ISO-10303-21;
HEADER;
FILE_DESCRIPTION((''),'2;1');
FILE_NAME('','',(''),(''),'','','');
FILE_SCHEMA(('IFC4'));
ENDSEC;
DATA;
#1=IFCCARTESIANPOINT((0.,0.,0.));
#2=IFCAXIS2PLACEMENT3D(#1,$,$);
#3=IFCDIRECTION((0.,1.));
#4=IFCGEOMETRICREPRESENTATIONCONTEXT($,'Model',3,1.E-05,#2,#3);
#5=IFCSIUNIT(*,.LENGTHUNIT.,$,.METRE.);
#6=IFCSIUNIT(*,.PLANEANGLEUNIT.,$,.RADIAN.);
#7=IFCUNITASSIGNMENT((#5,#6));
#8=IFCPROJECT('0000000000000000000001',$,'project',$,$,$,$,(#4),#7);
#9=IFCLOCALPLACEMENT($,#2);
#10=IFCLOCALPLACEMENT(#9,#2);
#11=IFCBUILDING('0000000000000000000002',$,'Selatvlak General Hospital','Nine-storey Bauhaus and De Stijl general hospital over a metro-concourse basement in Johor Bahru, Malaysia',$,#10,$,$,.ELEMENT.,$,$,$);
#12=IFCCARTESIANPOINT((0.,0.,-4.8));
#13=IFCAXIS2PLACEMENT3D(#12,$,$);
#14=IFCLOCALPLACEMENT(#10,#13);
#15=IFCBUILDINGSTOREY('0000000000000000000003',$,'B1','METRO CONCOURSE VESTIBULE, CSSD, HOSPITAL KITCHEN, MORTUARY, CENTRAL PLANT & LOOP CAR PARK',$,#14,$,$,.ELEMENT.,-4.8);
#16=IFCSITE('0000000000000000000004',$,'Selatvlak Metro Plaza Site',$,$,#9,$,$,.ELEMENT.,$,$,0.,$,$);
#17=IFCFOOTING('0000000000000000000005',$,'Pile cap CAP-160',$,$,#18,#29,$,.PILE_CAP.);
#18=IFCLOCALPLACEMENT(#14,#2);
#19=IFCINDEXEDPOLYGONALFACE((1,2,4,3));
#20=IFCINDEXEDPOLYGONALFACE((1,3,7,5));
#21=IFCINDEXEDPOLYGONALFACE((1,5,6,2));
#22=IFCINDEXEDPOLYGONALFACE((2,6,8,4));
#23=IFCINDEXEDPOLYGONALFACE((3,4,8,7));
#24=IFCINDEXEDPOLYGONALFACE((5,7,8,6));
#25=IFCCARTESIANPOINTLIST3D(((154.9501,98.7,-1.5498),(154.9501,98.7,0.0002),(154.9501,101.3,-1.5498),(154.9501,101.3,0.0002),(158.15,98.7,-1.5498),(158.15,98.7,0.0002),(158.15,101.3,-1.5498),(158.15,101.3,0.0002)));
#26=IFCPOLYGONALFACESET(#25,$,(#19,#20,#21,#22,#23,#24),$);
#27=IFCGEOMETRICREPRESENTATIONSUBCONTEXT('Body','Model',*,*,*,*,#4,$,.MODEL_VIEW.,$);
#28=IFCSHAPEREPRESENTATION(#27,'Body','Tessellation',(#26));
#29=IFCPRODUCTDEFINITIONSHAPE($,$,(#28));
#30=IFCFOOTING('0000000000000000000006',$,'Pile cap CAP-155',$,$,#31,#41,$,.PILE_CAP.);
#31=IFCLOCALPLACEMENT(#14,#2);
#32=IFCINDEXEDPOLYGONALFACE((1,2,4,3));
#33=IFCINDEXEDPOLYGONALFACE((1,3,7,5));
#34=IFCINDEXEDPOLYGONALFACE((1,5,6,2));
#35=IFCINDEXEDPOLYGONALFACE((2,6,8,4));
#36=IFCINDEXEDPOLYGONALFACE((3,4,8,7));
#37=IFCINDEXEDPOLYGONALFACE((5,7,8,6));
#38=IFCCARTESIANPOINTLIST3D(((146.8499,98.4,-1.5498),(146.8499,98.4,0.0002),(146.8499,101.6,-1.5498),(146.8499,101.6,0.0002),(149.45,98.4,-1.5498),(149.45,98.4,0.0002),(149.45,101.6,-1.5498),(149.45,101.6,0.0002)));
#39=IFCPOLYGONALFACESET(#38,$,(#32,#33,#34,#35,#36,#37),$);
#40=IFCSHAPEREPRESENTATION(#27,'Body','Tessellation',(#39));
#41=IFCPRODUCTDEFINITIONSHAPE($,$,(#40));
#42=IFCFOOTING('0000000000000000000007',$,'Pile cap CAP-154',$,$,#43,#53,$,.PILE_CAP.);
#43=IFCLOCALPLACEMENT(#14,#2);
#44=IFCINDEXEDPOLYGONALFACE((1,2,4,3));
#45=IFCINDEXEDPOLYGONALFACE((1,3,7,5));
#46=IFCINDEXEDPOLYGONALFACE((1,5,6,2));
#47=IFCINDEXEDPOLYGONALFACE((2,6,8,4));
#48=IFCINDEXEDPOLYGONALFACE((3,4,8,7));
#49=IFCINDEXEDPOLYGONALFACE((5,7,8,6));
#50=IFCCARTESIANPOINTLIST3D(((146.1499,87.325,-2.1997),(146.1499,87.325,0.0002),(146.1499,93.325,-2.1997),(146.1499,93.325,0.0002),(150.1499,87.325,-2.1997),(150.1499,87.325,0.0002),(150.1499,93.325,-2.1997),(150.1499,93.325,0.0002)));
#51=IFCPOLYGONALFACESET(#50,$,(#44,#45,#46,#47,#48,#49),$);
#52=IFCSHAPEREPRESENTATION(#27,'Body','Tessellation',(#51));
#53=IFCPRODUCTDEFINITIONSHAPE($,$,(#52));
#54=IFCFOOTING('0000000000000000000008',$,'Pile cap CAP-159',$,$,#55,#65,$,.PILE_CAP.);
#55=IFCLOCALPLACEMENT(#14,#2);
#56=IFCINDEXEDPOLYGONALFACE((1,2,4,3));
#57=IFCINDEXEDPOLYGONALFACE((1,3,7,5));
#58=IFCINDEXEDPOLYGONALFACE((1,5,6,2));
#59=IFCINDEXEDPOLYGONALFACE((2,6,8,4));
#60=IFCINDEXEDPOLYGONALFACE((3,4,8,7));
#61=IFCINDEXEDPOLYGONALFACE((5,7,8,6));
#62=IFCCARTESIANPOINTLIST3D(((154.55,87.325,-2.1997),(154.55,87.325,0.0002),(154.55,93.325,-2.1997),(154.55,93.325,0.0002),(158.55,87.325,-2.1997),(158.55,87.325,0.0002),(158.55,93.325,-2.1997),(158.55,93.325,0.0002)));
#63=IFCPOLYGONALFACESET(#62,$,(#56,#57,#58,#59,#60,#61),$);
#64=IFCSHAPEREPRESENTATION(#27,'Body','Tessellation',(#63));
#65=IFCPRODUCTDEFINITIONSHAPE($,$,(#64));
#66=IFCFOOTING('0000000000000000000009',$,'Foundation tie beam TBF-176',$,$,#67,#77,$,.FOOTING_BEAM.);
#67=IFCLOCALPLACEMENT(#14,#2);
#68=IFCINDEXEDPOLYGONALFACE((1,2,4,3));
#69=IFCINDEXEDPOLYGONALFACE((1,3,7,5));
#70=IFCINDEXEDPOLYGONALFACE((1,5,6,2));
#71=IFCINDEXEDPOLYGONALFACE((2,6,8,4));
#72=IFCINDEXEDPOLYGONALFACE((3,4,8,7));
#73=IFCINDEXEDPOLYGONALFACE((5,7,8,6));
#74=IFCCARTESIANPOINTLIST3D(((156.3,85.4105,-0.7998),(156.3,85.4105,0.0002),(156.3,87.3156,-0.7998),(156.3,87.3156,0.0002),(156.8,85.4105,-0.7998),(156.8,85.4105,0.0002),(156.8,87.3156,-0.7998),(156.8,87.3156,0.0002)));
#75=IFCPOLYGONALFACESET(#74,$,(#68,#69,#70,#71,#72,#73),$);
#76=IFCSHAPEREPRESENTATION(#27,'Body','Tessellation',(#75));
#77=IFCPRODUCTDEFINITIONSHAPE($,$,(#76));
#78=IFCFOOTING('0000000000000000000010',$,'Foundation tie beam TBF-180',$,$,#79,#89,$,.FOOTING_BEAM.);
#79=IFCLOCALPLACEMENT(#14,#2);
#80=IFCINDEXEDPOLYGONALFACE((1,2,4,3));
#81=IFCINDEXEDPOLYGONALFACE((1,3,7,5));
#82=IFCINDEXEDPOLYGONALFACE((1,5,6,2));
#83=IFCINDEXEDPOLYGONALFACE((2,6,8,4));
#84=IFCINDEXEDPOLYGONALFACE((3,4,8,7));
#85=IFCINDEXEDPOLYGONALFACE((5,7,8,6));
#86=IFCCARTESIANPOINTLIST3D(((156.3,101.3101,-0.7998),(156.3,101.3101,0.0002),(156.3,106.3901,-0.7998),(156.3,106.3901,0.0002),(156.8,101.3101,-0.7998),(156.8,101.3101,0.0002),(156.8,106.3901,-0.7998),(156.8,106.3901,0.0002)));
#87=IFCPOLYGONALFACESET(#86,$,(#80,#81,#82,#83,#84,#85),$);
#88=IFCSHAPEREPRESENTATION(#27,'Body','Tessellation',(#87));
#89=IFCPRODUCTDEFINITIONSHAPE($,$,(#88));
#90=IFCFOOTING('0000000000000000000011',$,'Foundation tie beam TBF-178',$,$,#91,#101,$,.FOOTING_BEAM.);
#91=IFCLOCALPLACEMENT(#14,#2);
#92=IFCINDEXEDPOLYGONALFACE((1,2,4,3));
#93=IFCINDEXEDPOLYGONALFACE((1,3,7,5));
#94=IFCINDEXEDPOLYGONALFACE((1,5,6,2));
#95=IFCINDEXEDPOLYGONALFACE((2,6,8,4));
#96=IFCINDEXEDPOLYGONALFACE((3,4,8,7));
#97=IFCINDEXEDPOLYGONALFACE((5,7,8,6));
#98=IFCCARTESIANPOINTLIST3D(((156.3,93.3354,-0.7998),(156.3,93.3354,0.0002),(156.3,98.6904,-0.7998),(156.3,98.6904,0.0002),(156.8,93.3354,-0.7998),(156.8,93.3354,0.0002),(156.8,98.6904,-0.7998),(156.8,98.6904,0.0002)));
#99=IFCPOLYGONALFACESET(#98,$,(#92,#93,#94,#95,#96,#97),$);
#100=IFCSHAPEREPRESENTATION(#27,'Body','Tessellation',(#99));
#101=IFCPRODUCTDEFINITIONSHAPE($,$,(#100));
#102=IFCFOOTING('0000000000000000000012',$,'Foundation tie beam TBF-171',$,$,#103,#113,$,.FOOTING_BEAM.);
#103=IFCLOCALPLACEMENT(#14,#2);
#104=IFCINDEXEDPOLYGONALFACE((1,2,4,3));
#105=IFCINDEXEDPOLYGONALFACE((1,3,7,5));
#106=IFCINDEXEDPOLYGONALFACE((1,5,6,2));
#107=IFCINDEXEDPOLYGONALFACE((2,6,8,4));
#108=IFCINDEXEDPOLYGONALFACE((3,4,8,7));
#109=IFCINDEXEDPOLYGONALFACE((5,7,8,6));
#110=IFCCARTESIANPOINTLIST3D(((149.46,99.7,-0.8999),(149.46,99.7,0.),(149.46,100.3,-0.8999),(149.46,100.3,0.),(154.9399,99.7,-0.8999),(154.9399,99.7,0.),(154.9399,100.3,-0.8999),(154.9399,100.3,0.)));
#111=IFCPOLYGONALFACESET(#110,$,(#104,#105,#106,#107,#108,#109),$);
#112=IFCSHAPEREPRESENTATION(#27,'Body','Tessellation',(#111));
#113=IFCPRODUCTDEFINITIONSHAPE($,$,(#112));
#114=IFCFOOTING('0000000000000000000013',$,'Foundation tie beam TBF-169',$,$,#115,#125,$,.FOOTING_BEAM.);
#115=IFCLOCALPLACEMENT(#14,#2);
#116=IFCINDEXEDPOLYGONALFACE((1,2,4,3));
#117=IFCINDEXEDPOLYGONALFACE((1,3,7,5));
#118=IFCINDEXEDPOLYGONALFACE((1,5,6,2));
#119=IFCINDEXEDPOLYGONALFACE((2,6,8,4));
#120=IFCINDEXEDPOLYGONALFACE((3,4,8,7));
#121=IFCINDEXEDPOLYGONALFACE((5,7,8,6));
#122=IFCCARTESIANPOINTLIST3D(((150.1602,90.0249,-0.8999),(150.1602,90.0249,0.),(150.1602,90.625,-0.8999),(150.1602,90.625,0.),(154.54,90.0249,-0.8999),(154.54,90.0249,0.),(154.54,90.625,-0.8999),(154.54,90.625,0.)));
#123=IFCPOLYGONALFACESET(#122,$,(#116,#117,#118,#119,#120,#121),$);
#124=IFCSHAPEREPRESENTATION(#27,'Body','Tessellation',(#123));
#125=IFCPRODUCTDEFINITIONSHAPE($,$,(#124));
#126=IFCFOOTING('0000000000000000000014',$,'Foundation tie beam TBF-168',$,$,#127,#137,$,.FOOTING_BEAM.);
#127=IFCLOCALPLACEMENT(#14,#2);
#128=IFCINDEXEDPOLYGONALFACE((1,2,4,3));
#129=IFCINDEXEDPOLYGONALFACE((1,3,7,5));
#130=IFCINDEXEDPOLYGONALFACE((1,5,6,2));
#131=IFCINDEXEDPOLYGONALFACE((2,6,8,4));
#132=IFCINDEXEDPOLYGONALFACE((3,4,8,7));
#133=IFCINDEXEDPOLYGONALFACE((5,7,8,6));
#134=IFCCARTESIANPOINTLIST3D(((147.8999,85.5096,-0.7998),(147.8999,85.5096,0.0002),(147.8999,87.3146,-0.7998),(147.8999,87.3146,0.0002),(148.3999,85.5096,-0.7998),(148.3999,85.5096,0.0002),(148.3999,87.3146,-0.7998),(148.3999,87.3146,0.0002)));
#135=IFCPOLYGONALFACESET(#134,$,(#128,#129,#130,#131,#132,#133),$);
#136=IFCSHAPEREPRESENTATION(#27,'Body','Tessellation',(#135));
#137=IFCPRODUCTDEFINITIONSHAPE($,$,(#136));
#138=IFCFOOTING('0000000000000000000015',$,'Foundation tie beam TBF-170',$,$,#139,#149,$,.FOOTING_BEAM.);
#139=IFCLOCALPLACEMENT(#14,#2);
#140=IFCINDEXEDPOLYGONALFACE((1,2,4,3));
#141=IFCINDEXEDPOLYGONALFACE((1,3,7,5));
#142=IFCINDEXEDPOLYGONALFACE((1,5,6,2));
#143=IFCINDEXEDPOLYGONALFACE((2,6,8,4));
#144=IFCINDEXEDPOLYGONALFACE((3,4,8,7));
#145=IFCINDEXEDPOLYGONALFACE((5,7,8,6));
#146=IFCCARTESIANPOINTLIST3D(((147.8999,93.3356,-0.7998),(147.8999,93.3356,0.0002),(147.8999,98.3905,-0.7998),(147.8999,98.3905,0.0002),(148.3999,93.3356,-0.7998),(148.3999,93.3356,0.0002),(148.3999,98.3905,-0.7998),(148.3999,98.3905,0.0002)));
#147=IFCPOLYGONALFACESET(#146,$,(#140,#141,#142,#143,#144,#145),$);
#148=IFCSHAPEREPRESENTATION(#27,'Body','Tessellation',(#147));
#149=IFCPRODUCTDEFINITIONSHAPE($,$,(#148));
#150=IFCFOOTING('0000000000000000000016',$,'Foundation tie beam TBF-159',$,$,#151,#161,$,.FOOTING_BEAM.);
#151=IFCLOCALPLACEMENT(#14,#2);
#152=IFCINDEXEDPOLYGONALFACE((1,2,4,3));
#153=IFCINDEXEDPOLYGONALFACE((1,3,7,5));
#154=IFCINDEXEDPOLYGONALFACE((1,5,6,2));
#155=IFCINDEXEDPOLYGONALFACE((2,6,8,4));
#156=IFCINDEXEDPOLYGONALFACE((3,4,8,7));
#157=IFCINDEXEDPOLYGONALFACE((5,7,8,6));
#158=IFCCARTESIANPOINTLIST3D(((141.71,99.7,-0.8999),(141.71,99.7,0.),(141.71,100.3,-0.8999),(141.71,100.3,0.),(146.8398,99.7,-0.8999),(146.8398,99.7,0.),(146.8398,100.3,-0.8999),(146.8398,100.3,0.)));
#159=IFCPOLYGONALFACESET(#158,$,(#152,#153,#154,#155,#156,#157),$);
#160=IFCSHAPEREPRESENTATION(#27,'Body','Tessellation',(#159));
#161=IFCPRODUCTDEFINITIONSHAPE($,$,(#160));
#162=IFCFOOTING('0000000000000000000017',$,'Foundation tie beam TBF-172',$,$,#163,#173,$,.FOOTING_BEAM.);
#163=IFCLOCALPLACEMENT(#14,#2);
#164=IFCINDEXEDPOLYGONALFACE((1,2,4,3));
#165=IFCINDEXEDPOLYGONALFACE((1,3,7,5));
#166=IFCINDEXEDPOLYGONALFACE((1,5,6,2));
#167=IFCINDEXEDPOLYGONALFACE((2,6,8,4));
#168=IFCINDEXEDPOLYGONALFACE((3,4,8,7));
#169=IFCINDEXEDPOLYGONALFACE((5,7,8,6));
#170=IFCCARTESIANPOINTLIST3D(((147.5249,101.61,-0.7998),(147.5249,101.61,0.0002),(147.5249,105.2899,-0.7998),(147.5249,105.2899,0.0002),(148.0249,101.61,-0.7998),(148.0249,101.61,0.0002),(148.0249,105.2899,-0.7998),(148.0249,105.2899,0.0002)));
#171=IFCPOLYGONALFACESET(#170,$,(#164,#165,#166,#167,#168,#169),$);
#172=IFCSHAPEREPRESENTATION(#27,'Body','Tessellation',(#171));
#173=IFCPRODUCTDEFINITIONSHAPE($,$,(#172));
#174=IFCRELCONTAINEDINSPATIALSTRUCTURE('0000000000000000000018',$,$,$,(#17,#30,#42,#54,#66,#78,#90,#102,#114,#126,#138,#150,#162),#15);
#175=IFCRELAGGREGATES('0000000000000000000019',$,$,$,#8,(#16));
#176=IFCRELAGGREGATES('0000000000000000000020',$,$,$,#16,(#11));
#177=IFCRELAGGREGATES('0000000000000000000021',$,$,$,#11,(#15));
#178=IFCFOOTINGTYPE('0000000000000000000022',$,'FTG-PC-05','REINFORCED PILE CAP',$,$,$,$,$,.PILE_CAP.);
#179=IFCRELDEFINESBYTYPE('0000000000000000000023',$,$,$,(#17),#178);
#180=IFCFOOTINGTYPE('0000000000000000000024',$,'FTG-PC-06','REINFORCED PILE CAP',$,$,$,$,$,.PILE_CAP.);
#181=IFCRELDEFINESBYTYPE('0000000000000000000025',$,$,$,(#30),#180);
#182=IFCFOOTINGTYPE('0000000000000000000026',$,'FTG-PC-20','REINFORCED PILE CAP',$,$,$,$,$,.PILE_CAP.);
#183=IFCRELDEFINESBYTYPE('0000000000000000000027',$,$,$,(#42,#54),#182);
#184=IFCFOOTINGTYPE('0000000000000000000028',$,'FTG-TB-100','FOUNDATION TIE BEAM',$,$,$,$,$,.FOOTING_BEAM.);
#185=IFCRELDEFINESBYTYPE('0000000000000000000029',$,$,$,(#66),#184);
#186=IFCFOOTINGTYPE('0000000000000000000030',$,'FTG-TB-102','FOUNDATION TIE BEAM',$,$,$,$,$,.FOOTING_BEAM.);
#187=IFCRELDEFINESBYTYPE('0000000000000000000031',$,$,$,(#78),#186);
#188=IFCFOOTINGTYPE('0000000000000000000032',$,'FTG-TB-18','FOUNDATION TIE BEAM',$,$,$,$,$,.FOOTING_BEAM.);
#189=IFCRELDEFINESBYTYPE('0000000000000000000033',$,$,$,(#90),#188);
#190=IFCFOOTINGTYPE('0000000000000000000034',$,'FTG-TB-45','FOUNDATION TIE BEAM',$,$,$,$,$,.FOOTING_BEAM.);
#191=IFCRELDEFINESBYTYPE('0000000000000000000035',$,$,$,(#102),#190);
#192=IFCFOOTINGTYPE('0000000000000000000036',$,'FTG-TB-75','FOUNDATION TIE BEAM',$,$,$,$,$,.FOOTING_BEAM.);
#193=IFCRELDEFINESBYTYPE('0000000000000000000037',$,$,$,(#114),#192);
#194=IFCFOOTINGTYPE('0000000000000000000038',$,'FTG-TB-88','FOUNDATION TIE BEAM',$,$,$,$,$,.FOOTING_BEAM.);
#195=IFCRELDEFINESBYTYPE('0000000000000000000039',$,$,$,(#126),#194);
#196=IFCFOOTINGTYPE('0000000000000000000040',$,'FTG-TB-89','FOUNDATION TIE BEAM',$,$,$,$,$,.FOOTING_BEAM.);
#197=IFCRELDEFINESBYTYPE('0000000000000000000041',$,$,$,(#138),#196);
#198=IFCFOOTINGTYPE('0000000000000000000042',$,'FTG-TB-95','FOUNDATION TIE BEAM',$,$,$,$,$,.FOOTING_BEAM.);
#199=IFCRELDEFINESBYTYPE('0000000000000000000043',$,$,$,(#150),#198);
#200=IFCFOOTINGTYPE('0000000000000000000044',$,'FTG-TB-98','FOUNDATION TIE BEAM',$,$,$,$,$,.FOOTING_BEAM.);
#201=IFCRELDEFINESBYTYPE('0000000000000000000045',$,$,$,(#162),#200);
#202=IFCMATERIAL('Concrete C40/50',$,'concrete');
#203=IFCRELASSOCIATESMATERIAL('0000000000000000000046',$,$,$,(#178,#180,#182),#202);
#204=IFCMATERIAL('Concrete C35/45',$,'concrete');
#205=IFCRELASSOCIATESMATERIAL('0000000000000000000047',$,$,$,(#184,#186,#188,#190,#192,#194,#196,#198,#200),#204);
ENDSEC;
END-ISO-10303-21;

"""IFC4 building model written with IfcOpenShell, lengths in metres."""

from ifc_helpers import new_model, si_unit, direction, frame, origin, origin_2d, place, context, subcontext, project, spatial, rectangle, extrude, material, type_object, element, save


model = new_model("IFC4")

# Units and contexts
model_context = context("Model", 3, precision=1e-05, world=origin(), true_north=direction((0.0, 1.0)))
body_context = subcontext(model_context, "Body", "Model", "MODEL_VIEW")
ifc_project = project(units=[si_unit("LENGTHUNIT", "METRE"), si_unit("PLANEANGLEUNIT", "RADIAN")], contexts=[model_context])

# Site, building, storey
site_placement = place(None, origin())
site = spatial("IfcSite", under=ifc_project, at=site_placement, Name="Selatvlak Metro Plaza Site", CompositionType="ELEMENT", RefElevation=0.0)
building_placement = place(site_placement, origin())
building = spatial("IfcBuilding", under=site, at=building_placement, Name="Selatvlak General Hospital", Description="Nine-storey Bauhaus and De Stijl general hospital over a metro-concourse basement in Johor Bahru, Malaysia", CompositionType="ELEMENT")
storey_placement = place(building_placement, frame((0.0, 0.0, -4.8)))
storey = spatial("IfcBuildingStorey", under=building, at=storey_placement, Name="B1", Description="METRO CONCOURSE VESTIBULE, CSSD, HOSPITAL KITCHEN, MORTUARY, CENTRAL PLANT & LOOP CAR PARK", CompositionType="ELEMENT", Elevation=-4.8)

# Footings
ifc_material_1 = material(Name="Concrete C40/50", Category="concrete")
footing_type_1 = type_object("IfcFootingType", Name="FTG-PC-05", Description="REINFORCED PILE CAP", PredefinedType="PILE_CAP", material=ifc_material_1)
footing_1_placement = place(storey_placement, frame((156.55, 100.0, -1.5498), z_axis=(0.0, 0.0, 1.0), x_axis=(1.0, 0.0, 0.0)))
element("IfcFooting", 1, at=footing_1_placement, inside=storey, type_object=footing_type_1, Name="Pile cap CAP-160", PredefinedType="PILE_CAP", context=body_context, shape_type="SweptSolid", body=[
    extrude(rectangle(XDim=3.2, YDim=2.6001, at=origin_2d()), origin(), (0.0, 0.0, 1.0), 1.55),
])
footing_type_2 = type_object("IfcFootingType", Name="FTG-PC-06", Description="REINFORCED PILE CAP", PredefinedType="PILE_CAP", material=ifc_material_1)
footing_2_placement = place(storey_placement, frame((148.1499, 100.0, -1.5498), z_axis=(0.0, 0.0, 1.0), x_axis=(1.0, 0.0, 0.0)))
element("IfcFooting", 2, at=footing_2_placement, inside=storey, type_object=footing_type_2, Name="Pile cap CAP-155", PredefinedType="PILE_CAP", context=body_context, shape_type="SweptSolid", body=[
    extrude(rectangle(XDim=2.6001, YDim=3.2, at=origin_2d()), origin(), (0.0, 0.0, 1.0), 1.55),
])
footing_type_3 = type_object("IfcFootingType", Name="FTG-PC-20", Description="REINFORCED PILE CAP", PredefinedType="PILE_CAP", material=ifc_material_1)
for number, where, z_axis, x_axis, name in (
    (3, (148.1499, 90.325, -2.1997), (0.0, 0.0, 1.0), (1.0, 0.0, 0.0), "Pile cap CAP-154"),
    (4, (156.55, 90.325, -2.1997), (0.0, 0.0, 1.0), (1.0, 0.0, 0.0), "Pile cap CAP-159"),
):
    element("IfcFooting", number, at=place(storey_placement, frame(where, z_axis=z_axis, x_axis=x_axis)), inside=storey, type_object=footing_type_3, Name=name, PredefinedType="PILE_CAP", context=body_context, shape_type="SweptSolid", body=[
        extrude(rectangle(XDim=4.0, YDim=6.0, at=origin_2d()), origin(), (0.0, 0.0, 1.0), 2.2),
    ])
ifc_material_2 = material(Name="Concrete C35/45", Category="concrete")
footing_type_4 = type_object("IfcFootingType", Name="FTG-TB-100", Description="FOUNDATION TIE BEAM", PredefinedType="FOOTING_BEAM", material=ifc_material_2)
footing_3_placement = place(storey_placement, frame((156.55, 86.363, -0.7998), z_axis=(0.0, 0.0, 1.0), x_axis=(0.0, 1.0, 0.0)))
element("IfcFooting", 5, at=footing_3_placement, inside=storey, type_object=footing_type_4, Name="Foundation tie beam TBF-176", PredefinedType="FOOTING_BEAM", context=body_context, shape_type="SweptSolid", body=[
    extrude(rectangle(XDim=1.905, YDim=0.5, at=origin_2d()), origin(), (0.0, 0.0, 1.0), 0.8),
])
footing_type_5 = type_object("IfcFootingType", Name="FTG-TB-102", Description="FOUNDATION TIE BEAM", PredefinedType="FOOTING_BEAM", material=ifc_material_2)
footing_4_placement = place(storey_placement, frame((156.55, 103.8501, -0.7998), z_axis=(0.0, 0.0, 1.0), x_axis=(0.0, 1.0, 0.0)))
element("IfcFooting", 6, at=footing_4_placement, inside=storey, type_object=footing_type_5, Name="Foundation tie beam TBF-180", PredefinedType="FOOTING_BEAM", context=body_context, shape_type="SweptSolid", body=[
    extrude(rectangle(XDim=5.0801, YDim=0.5, at=origin_2d()), origin(), (0.0, 0.0, 1.0), 0.8),
])
footing_type_6 = type_object("IfcFootingType", Name="FTG-TB-18", Description="FOUNDATION TIE BEAM", PredefinedType="FOOTING_BEAM", material=ifc_material_2)
footing_5_placement = place(storey_placement, frame((156.55, 96.0129, -0.7998), z_axis=(0.0, 0.0, 1.0), x_axis=(0.0, 1.0, 0.0)))
element("IfcFooting", 7, at=footing_5_placement, inside=storey, type_object=footing_type_6, Name="Foundation tie beam TBF-178", PredefinedType="FOOTING_BEAM", context=body_context, shape_type="SweptSolid", body=[
    extrude(rectangle(XDim=5.355, YDim=0.5, at=origin_2d()), origin(), (0.0, 0.0, 1.0), 0.8),
])
footing_type_7 = type_object("IfcFootingType", Name="FTG-TB-45", Description="FOUNDATION TIE BEAM", PredefinedType="FOOTING_BEAM", material=ifc_material_2)
footing_6_placement = place(storey_placement, frame((152.2, 100.0, -0.8999), z_axis=(0.0, 0.0, 1.0), x_axis=(1.0, 0.0, 0.0)))
element("IfcFooting", 8, at=footing_6_placement, inside=storey, type_object=footing_type_7, Name="Foundation tie beam TBF-171", PredefinedType="FOOTING_BEAM", context=body_context, shape_type="SweptSolid", body=[
    extrude(rectangle(XDim=5.48, YDim=0.6001, at=origin_2d()), origin(), (0.0, 0.0, 1.0), 0.8999),
])
footing_type_8 = type_object("IfcFootingType", Name="FTG-TB-75", Description="FOUNDATION TIE BEAM", PredefinedType="FOOTING_BEAM", material=ifc_material_2)
footing_7_placement = place(storey_placement, frame((152.3501, 90.325, -0.8999), z_axis=(0.0, 0.0, 1.0), x_axis=(1.0, 0.0, 0.0)))
element("IfcFooting", 9, at=footing_7_placement, inside=storey, type_object=footing_type_8, Name="Foundation tie beam TBF-169", PredefinedType="FOOTING_BEAM", context=body_context, shape_type="SweptSolid", body=[
    extrude(rectangle(XDim=4.3799, YDim=0.6001, at=origin_2d()), origin(), (0.0, 0.0, 1.0), 0.8999),
])
footing_type_9 = type_object("IfcFootingType", Name="FTG-TB-88", Description="FOUNDATION TIE BEAM", PredefinedType="FOOTING_BEAM", material=ifc_material_2)
footing_8_placement = place(storey_placement, frame((148.1499, 86.4121, -0.7998), z_axis=(0.0, 0.0, 1.0), x_axis=(0.0, 1.0, 0.0)))
element("IfcFooting", 10, at=footing_8_placement, inside=storey, type_object=footing_type_9, Name="Foundation tie beam TBF-168", PredefinedType="FOOTING_BEAM", context=body_context, shape_type="SweptSolid", body=[
    extrude(rectangle(XDim=1.8049, YDim=0.5, at=origin_2d()), origin(), (0.0, 0.0, 1.0), 0.8),
])
footing_type_10 = type_object("IfcFootingType", Name="FTG-TB-89", Description="FOUNDATION TIE BEAM", PredefinedType="FOOTING_BEAM", material=ifc_material_2)
footing_9_placement = place(storey_placement, frame((148.1499, 95.863, -0.7998), z_axis=(0.0, 0.0, 1.0), x_axis=(0.0, 1.0, 0.0)))
element("IfcFooting", 11, at=footing_9_placement, inside=storey, type_object=footing_type_10, Name="Foundation tie beam TBF-170", PredefinedType="FOOTING_BEAM", context=body_context, shape_type="SweptSolid", body=[
    extrude(rectangle(XDim=5.0549, YDim=0.5, at=origin_2d()), origin(), (0.0, 0.0, 1.0), 0.8),
])
footing_type_11 = type_object("IfcFootingType", Name="FTG-TB-95", Description="FOUNDATION TIE BEAM", PredefinedType="FOOTING_BEAM", material=ifc_material_2)
footing_10_placement = place(storey_placement, frame((144.2749, 100.0, -0.8999), z_axis=(0.0, 0.0, 1.0), x_axis=(1.0, 0.0, 0.0)))
element("IfcFooting", 12, at=footing_10_placement, inside=storey, type_object=footing_type_11, Name="Foundation tie beam TBF-159", PredefinedType="FOOTING_BEAM", context=body_context, shape_type="SweptSolid", body=[
    extrude(rectangle(XDim=5.1299, YDim=0.6001, at=origin_2d()), origin(), (0.0, 0.0, 1.0), 0.8999),
])
footing_type_12 = type_object("IfcFootingType", Name="FTG-TB-98", Description="FOUNDATION TIE BEAM", PredefinedType="FOOTING_BEAM", material=ifc_material_2)
footing_11_placement = place(storey_placement, frame((147.7749, 103.45, -0.7998), z_axis=(0.0, 0.0, 1.0), x_axis=(0.0, 1.0, 0.0)))
element("IfcFooting", 13, at=footing_11_placement, inside=storey, type_object=footing_type_12, Name="Foundation tie beam TBF-172", PredefinedType="FOOTING_BEAM", context=body_context, shape_type="SweptSolid", body=[
    extrude(rectangle(XDim=3.6799, YDim=0.5, at=origin_2d()), origin(), (0.0, 0.0, 1.0), 0.8),
])

save(model, "model.ifc")
